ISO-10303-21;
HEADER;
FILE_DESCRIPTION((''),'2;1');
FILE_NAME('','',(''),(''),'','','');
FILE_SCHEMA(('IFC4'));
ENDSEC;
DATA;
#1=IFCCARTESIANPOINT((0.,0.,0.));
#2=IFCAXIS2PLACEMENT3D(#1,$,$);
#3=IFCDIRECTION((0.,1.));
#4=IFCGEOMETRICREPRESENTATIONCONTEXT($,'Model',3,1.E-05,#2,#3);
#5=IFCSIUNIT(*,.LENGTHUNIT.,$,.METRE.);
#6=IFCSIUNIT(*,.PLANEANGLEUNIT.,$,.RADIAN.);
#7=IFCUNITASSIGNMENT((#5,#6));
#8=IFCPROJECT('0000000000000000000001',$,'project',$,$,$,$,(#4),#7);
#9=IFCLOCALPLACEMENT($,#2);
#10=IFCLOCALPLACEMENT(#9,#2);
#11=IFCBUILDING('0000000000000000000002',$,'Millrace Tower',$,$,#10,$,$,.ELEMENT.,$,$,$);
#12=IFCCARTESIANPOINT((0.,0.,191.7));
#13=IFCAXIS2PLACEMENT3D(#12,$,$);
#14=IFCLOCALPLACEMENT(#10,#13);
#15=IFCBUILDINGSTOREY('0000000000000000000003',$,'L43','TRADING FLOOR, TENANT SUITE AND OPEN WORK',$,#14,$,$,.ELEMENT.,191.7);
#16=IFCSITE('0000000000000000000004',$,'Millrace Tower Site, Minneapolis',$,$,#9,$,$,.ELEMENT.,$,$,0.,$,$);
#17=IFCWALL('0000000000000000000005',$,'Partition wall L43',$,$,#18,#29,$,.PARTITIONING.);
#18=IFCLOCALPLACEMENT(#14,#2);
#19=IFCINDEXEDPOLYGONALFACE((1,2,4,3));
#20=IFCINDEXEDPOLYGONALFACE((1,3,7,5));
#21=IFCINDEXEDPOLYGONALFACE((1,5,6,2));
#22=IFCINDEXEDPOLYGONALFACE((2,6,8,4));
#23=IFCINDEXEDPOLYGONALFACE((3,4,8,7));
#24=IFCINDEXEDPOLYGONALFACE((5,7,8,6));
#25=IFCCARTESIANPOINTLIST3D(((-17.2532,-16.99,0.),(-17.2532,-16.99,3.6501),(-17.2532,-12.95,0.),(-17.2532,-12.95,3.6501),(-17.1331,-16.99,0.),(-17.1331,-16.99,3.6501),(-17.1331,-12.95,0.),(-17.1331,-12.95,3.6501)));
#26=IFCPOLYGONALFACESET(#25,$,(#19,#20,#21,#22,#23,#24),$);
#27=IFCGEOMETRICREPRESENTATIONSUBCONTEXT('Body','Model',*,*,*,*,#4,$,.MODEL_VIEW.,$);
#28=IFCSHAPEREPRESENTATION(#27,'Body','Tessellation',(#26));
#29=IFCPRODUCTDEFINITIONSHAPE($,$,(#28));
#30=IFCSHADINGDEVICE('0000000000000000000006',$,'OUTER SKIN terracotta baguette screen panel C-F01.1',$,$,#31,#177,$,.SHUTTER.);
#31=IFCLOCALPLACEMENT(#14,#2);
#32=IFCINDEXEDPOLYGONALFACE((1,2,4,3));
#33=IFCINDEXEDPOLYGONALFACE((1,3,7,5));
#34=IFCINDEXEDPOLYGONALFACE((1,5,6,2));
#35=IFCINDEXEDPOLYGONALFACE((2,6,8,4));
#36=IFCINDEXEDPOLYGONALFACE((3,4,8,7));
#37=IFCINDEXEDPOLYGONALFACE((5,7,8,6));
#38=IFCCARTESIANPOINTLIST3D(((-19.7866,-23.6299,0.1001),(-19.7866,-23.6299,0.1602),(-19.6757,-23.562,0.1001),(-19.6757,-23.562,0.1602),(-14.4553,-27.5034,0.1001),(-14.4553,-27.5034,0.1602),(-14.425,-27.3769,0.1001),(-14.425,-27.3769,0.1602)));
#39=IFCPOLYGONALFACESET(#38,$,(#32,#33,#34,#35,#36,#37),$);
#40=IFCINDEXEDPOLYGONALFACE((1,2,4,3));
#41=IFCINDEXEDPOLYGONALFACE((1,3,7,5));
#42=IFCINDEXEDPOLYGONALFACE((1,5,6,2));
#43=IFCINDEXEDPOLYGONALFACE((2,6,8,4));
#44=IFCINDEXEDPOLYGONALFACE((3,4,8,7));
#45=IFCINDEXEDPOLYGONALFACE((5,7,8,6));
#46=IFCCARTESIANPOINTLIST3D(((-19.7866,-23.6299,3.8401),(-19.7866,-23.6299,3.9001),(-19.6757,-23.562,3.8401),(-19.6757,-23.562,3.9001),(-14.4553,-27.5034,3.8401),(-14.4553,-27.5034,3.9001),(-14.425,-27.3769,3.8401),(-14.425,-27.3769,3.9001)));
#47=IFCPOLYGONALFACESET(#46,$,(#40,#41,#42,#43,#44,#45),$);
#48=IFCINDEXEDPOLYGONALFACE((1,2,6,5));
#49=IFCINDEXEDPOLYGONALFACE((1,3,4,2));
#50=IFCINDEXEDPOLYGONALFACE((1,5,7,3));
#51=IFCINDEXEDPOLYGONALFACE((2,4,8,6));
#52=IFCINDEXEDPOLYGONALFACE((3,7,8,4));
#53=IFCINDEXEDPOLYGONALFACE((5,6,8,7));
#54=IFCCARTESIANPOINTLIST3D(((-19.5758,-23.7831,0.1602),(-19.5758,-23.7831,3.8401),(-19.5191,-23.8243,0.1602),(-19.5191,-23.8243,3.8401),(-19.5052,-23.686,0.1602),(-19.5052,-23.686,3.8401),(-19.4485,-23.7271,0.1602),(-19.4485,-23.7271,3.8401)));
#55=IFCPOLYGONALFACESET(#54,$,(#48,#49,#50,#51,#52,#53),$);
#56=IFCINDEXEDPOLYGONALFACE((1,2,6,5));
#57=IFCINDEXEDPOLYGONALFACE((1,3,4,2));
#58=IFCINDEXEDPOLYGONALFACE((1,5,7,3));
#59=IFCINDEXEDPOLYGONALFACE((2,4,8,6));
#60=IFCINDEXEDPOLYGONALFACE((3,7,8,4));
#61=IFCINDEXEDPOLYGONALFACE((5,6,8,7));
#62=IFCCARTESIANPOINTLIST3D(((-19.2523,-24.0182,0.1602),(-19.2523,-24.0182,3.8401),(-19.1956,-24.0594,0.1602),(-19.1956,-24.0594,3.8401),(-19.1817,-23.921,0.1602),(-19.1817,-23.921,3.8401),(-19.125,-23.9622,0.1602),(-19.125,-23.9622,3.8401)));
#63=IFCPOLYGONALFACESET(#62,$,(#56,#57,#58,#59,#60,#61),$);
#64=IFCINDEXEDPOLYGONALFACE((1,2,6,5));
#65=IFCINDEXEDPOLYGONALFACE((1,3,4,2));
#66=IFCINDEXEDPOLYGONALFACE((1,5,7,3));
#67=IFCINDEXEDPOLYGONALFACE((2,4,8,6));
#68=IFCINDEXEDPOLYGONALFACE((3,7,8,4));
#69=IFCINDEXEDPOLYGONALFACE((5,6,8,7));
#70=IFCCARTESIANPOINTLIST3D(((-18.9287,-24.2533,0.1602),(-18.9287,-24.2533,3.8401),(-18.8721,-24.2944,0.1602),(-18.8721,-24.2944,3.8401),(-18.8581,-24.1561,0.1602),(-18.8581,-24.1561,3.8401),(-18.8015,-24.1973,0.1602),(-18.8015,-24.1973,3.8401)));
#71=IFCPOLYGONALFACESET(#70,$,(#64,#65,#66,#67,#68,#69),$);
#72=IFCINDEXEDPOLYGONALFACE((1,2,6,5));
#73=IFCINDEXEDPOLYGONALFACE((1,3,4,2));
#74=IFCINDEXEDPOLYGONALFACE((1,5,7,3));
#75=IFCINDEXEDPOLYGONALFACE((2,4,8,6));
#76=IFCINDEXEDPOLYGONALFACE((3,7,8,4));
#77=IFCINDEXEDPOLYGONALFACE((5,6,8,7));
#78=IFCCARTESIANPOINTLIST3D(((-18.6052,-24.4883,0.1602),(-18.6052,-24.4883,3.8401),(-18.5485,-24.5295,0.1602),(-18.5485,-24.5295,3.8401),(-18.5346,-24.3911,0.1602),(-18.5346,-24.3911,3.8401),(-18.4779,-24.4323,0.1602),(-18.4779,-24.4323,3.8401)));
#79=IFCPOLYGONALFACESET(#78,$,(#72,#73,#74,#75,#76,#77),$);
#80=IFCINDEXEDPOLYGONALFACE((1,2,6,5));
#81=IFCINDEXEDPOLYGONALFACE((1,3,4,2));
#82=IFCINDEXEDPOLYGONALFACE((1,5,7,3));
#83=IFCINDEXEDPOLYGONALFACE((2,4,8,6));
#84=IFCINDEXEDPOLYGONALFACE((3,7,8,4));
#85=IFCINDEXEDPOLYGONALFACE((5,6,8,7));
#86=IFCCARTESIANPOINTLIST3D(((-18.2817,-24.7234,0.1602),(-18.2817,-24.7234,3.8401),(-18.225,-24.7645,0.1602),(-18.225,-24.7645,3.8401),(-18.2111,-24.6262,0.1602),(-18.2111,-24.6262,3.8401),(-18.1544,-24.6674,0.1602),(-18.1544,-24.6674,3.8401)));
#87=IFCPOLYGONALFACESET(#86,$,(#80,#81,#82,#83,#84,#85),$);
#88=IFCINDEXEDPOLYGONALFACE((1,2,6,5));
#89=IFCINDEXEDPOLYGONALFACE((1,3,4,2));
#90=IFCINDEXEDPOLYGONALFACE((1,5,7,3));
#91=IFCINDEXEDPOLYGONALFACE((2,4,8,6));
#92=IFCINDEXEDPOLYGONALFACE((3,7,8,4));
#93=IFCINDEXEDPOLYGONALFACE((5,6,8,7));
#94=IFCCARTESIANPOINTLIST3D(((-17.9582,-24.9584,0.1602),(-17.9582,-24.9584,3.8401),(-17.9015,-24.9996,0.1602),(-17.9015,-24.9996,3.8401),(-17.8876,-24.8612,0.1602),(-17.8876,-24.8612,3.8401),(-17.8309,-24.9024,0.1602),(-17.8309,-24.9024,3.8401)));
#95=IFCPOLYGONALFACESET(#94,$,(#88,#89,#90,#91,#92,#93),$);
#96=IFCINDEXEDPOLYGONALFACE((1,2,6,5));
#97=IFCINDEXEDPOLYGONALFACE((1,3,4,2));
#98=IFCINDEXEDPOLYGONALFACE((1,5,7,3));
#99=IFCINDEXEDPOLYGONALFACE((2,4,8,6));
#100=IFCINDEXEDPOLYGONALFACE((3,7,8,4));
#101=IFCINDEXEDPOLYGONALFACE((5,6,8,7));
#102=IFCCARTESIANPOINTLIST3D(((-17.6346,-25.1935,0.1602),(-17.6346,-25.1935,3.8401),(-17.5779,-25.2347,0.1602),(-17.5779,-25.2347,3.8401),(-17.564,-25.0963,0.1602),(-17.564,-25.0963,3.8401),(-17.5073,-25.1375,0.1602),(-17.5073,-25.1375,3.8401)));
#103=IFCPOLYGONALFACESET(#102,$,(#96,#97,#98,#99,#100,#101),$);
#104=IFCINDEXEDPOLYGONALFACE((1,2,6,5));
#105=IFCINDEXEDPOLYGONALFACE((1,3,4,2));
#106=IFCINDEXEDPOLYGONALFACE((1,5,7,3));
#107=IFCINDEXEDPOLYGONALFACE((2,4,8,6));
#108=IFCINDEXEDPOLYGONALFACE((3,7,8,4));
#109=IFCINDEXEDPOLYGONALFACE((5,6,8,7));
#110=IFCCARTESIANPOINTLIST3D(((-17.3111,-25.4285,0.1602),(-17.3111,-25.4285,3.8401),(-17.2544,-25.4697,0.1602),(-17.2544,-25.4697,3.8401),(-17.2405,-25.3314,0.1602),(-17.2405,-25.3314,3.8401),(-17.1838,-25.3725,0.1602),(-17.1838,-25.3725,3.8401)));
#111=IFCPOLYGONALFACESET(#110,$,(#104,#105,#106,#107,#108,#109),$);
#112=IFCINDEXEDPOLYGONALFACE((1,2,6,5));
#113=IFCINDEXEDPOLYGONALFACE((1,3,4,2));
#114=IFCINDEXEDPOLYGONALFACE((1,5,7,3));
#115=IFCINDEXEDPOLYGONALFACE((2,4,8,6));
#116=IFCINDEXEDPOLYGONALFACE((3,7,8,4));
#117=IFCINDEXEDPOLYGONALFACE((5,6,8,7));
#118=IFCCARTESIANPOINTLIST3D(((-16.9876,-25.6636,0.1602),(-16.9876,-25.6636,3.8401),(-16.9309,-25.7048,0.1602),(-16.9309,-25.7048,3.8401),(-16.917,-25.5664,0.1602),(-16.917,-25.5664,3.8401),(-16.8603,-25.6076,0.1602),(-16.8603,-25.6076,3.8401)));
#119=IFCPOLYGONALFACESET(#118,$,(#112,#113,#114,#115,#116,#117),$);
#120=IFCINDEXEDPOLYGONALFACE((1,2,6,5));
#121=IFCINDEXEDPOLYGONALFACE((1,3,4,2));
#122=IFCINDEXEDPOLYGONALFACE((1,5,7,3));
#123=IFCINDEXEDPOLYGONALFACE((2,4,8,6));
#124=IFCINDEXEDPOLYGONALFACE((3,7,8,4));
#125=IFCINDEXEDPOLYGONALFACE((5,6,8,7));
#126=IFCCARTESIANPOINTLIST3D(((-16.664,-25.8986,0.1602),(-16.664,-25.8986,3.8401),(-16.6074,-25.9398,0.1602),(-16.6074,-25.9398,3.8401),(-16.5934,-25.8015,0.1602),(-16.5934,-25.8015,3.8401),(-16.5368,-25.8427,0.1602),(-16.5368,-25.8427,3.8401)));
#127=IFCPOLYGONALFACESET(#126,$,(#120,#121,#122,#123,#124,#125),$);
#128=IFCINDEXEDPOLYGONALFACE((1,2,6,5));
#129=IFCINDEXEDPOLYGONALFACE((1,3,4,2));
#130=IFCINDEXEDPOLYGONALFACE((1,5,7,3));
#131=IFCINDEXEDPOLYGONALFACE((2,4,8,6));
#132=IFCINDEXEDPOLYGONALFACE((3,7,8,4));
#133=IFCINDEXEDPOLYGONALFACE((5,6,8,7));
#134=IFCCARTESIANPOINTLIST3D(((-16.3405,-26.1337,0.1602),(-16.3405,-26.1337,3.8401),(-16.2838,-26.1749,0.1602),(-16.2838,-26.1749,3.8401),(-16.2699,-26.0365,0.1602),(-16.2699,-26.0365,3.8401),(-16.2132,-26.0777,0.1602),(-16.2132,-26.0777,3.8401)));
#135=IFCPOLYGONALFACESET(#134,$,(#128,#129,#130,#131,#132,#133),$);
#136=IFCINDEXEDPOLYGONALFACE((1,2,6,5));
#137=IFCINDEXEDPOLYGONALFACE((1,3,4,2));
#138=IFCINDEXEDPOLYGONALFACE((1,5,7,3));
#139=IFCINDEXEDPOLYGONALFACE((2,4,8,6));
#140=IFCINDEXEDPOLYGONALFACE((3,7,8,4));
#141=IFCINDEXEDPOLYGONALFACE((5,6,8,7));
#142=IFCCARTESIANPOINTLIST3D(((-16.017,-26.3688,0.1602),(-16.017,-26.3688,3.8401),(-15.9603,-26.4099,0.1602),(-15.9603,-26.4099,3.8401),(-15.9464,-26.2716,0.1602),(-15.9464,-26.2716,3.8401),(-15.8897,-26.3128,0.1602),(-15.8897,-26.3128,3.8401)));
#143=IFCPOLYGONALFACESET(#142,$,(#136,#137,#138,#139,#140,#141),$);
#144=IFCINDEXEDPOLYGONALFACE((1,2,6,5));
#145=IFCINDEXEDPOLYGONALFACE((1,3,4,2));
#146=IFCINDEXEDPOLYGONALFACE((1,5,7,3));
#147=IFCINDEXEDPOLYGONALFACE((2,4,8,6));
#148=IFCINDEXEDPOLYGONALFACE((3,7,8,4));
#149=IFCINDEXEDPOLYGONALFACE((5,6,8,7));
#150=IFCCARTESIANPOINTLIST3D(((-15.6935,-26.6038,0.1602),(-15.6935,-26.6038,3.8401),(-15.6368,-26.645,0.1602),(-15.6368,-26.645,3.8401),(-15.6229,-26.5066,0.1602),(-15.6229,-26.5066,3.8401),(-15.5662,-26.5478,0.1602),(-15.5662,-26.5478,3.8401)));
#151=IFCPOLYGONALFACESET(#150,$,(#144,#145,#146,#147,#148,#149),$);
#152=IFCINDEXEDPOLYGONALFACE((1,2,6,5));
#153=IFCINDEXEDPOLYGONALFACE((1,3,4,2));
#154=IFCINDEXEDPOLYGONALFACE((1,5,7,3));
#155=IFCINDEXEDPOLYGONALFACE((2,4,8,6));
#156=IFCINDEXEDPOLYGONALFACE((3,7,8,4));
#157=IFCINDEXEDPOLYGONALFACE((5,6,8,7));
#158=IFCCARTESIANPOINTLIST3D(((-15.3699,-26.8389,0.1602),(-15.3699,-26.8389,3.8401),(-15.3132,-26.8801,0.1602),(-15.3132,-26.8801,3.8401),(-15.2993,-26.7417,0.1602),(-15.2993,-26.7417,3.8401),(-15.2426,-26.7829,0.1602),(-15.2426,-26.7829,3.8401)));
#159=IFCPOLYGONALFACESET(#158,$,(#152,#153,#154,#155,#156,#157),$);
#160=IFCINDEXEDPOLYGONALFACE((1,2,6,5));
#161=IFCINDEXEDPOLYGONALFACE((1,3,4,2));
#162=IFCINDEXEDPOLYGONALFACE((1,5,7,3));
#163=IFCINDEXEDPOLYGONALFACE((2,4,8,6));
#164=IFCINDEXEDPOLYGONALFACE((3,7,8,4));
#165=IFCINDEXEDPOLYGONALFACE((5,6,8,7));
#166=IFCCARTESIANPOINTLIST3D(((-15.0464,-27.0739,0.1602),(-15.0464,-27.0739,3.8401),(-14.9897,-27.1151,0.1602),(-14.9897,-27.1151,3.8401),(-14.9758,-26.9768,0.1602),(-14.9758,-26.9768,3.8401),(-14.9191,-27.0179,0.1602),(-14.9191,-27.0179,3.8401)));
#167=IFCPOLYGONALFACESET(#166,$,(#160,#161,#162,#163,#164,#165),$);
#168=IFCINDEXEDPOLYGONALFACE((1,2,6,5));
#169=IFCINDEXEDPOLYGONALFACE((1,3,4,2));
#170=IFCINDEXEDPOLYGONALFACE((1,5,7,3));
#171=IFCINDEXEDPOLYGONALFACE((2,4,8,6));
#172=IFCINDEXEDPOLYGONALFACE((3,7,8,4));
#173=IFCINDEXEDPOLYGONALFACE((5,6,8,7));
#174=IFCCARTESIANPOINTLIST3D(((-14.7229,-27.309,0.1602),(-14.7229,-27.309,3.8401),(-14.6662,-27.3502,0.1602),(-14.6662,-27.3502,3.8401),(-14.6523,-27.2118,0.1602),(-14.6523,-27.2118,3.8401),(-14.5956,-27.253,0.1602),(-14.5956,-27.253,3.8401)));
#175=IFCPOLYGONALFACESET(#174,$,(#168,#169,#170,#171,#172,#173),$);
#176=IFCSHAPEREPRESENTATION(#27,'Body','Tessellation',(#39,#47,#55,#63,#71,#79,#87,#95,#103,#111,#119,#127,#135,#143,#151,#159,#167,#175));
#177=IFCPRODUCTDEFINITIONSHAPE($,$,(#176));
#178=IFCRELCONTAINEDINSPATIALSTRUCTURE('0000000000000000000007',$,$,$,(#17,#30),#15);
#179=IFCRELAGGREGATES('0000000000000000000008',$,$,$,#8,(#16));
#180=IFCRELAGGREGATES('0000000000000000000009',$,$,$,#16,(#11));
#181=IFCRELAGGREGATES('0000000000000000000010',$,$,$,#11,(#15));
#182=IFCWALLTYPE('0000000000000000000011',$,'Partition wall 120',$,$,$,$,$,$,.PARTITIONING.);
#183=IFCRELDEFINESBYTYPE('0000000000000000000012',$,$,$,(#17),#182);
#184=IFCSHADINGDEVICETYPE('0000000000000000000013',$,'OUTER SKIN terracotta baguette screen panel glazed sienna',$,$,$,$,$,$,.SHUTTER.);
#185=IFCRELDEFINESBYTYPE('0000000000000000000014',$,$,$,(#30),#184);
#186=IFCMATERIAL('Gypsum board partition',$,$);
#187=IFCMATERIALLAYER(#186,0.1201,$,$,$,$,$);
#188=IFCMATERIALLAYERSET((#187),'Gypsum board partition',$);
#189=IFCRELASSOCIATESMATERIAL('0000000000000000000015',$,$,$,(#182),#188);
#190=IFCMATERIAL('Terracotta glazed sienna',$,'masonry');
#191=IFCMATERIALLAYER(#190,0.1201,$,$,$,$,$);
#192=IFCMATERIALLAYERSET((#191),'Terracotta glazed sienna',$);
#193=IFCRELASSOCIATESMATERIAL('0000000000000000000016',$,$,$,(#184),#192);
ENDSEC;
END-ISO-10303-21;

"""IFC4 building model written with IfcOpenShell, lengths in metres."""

from ifc_helpers import new_model, entity, si_unit, direction, frame, frame_2d, origin, place, context, subcontext, project, spatial, rectangle, extrude, source, transform, mapped, material, layer, layer_set, type_object, element, save


model = new_model("IFC4")

# Units and contexts
model_context = context("Model", 3, precision=1e-05, world=origin(), true_north=direction((0.0, 1.0)))
body_context = subcontext(model_context, "Body", "Model", "MODEL_VIEW")
ifc_project = project(units=[si_unit("LENGTHUNIT", "METRE"), si_unit("PLANEANGLEUNIT", "RADIAN")], contexts=[model_context])

# Site, building, storey
site_placement = place(None, origin())
site = spatial("IfcSite", under=ifc_project, at=site_placement, Name="Millrace Tower Site, Minneapolis", CompositionType="ELEMENT", RefElevation=0.0)
building_placement = place(site_placement, origin())
building = spatial("IfcBuilding", under=site, at=building_placement, Name="Millrace Tower", CompositionType="ELEMENT")
storey_placement = place(building_placement, frame((0.0, 0.0, 191.7)))
storey = spatial("IfcBuildingStorey", under=building, at=storey_placement, Name="L43", Description="TRADING FLOOR, TENANT SUITE AND OPEN WORK", CompositionType="ELEMENT", Elevation=191.7)

# Wall
ifc_material_1 = material(Name="Gypsum board partition")
ifc_layer_1 = layer(ifc_material_1, 0.1201)
ifc_layer_set_1 = layer_set([ifc_layer_1], Name="Gypsum board partition")
wall_type_1 = type_object("IfcWallType", Name="Partition wall 120", PredefinedType="PARTITIONING", material=ifc_layer_set_1)
wall_1_placement = place(storey_placement, frame((-17.1931, -16.99, 0.0), z_axis=(0.0, 0.0, 1.0), x_axis=(0.0, 1.0, 0.0)))
element("IfcWall", 1, at=wall_1_placement, inside=storey, type_object=wall_type_1, Name="Partition wall L43", PredefinedType="PARTITIONING", context=body_context, shape_type="SweptSolid", body=[
    extrude(rectangle(XDim=4.04, YDim=0.1201, at=frame_2d((2.02, 0.0))), origin(), (0.0, 0.0, 1.0), 3.6501),
])

# Shading device
ifc_material_2 = material(Name="Terracotta glazed sienna", Category="masonry")
ifc_layer_2 = layer(ifc_material_2, 0.1201)
ifc_layer_set_2 = layer_set([ifc_layer_2], Name="Terracotta glazed sienna")
shading_device_type = type_object("IfcShadingDeviceType", Name="OUTER SKIN terracotta baguette screen panel glazed sienna", PredefinedType="SHUTTER", material=ifc_layer_set_2)
cartesian_point_1 = entity("IfcCartesianPoint", [-3.2451, 0.0601])
shared_polyline_1 = entity("IfcPolyline", [cartesian_point_1, entity("IfcCartesianPoint", [3.2451, 0.0601]), entity("IfcCartesianPoint", [3.2949, -0.0601]), entity("IfcCartesianPoint", [-3.2949, -0.0601]), cartesian_point_1])
shared_shape_1 = source(origin(), body_context, "Body", "SweptSolid", [
    entity("IfcExtrudedAreaSolid", entity("IfcArbitraryClosedProfileDef", "AREA", None, shared_polyline_1), entity("IfcAxis2Placement3D", entity("IfcCartesianPoint", [0.0, 0.0, 0.0])), entity("IfcDirection", [0.0, 0.0, 1.0]), 0.0601),
    entity("IfcExtrudedAreaSolid", entity("IfcArbitraryClosedProfileDef", "AREA", None, shared_polyline_1), entity("IfcAxis2Placement3D", entity("IfcCartesianPoint", [0.0, 0.0, 3.74])), entity("IfcDirection", [0.0, 0.0, 1.0]), 0.0601),
    extrude(rectangle(XDim=0.0701, YDim=0.1201, at=frame_2d((-2.9993, 0.0))), frame((0.0, 0.0, 0.0601)), (0.0, 0.0, 1.0), 3.6799),
    extrude(rectangle(XDim=0.0701, YDim=0.1201, at=frame_2d((-2.5994, 0.0))), frame((0.0, 0.0, 0.0601)), (0.0, 0.0, 1.0), 3.6799),
    extrude(rectangle(XDim=0.0701, YDim=0.1201, at=frame_2d((-2.1995, 0.0))), frame((0.0, 0.0, 0.0601)), (0.0, 0.0, 1.0), 3.6799),
    extrude(rectangle(XDim=0.0701, YDim=0.1201, at=frame_2d((-1.7996, 0.0))), frame((0.0, 0.0, 0.0601)), (0.0, 0.0, 1.0), 3.6799),
    extrude(rectangle(XDim=0.0701, YDim=0.1201, at=frame_2d((-1.3997, 0.0))), frame((0.0, 0.0, 0.0601)), (0.0, 0.0, 1.0), 3.6799),
    extrude(rectangle(XDim=0.0701, YDim=0.1201, at=frame_2d((-0.9998, 0.0))), frame((0.0, 0.0, 0.0601)), (0.0, 0.0, 1.0), 3.6799),
    extrude(rectangle(XDim=0.0701, YDim=0.1201, at=frame_2d((-0.5999, 0.0))), frame((0.0, 0.0, 0.0601)), (0.0, 0.0, 1.0), 3.6799),
    extrude(rectangle(XDim=0.0701, YDim=0.1201, at=frame_2d((-0.2, 0.0))), frame((0.0, 0.0, 0.0601)), (0.0, 0.0, 1.0), 3.6799),
    extrude(rectangle(XDim=0.0701, YDim=0.1201, at=frame_2d((0.2, 0.0))), frame((0.0, 0.0, 0.0601)), (0.0, 0.0, 1.0), 3.6799),
    extrude(rectangle(XDim=0.0701, YDim=0.1201, at=frame_2d((0.5999, 0.0))), frame((0.0, 0.0, 0.0601)), (0.0, 0.0, 1.0), 3.6799),
    extrude(rectangle(XDim=0.0701, YDim=0.1201, at=frame_2d((0.9998, 0.0))), frame((0.0, 0.0, 0.0601)), (0.0, 0.0, 1.0), 3.6799),
    extrude(rectangle(XDim=0.0701, YDim=0.1201, at=frame_2d((1.3997, 0.0))), frame((0.0, 0.0, 0.0601)), (0.0, 0.0, 1.0), 3.6799),
    extrude(rectangle(XDim=0.0701, YDim=0.1201, at=frame_2d((1.7996, 0.0))), frame((0.0, 0.0, 0.0601)), (0.0, 0.0, 1.0), 3.6799),
    extrude(rectangle(XDim=0.0701, YDim=0.1201, at=frame_2d((2.1995, 0.0))), frame((0.0, 0.0, 0.0601)), (0.0, 0.0, 1.0), 3.6799),
    extrude(rectangle(XDim=0.0701, YDim=0.1201, at=frame_2d((2.5994, 0.0))), frame((0.0, 0.0, 0.0601)), (0.0, 0.0, 1.0), 3.6799),
    extrude(rectangle(XDim=0.0701, YDim=0.1201, at=frame_2d((2.9993, 0.0))), frame((0.0, 0.0, 0.0601)), (0.0, 0.0, 1.0), 3.6799),
])
shading_device_1_placement = place(storey_placement, frame((-17.0857, -25.5181, 0.1001), z_axis=(0.0, 0.0, 1.0), x_axis=(0.809017, -0.587785, 0.0)))
element("IfcShadingDevice", 2, at=shading_device_1_placement, inside=storey, type_object=shading_device_type, Name="OUTER SKIN terracotta baguette screen panel C-F01.1", PredefinedType="SHUTTER", context=body_context, shape_type="MappedRepresentation", body=[
    mapped(shared_shape_1, transform((0.0, 0.0, 0.0), scale=1.0)),
])

save(model, "model.ifc")
